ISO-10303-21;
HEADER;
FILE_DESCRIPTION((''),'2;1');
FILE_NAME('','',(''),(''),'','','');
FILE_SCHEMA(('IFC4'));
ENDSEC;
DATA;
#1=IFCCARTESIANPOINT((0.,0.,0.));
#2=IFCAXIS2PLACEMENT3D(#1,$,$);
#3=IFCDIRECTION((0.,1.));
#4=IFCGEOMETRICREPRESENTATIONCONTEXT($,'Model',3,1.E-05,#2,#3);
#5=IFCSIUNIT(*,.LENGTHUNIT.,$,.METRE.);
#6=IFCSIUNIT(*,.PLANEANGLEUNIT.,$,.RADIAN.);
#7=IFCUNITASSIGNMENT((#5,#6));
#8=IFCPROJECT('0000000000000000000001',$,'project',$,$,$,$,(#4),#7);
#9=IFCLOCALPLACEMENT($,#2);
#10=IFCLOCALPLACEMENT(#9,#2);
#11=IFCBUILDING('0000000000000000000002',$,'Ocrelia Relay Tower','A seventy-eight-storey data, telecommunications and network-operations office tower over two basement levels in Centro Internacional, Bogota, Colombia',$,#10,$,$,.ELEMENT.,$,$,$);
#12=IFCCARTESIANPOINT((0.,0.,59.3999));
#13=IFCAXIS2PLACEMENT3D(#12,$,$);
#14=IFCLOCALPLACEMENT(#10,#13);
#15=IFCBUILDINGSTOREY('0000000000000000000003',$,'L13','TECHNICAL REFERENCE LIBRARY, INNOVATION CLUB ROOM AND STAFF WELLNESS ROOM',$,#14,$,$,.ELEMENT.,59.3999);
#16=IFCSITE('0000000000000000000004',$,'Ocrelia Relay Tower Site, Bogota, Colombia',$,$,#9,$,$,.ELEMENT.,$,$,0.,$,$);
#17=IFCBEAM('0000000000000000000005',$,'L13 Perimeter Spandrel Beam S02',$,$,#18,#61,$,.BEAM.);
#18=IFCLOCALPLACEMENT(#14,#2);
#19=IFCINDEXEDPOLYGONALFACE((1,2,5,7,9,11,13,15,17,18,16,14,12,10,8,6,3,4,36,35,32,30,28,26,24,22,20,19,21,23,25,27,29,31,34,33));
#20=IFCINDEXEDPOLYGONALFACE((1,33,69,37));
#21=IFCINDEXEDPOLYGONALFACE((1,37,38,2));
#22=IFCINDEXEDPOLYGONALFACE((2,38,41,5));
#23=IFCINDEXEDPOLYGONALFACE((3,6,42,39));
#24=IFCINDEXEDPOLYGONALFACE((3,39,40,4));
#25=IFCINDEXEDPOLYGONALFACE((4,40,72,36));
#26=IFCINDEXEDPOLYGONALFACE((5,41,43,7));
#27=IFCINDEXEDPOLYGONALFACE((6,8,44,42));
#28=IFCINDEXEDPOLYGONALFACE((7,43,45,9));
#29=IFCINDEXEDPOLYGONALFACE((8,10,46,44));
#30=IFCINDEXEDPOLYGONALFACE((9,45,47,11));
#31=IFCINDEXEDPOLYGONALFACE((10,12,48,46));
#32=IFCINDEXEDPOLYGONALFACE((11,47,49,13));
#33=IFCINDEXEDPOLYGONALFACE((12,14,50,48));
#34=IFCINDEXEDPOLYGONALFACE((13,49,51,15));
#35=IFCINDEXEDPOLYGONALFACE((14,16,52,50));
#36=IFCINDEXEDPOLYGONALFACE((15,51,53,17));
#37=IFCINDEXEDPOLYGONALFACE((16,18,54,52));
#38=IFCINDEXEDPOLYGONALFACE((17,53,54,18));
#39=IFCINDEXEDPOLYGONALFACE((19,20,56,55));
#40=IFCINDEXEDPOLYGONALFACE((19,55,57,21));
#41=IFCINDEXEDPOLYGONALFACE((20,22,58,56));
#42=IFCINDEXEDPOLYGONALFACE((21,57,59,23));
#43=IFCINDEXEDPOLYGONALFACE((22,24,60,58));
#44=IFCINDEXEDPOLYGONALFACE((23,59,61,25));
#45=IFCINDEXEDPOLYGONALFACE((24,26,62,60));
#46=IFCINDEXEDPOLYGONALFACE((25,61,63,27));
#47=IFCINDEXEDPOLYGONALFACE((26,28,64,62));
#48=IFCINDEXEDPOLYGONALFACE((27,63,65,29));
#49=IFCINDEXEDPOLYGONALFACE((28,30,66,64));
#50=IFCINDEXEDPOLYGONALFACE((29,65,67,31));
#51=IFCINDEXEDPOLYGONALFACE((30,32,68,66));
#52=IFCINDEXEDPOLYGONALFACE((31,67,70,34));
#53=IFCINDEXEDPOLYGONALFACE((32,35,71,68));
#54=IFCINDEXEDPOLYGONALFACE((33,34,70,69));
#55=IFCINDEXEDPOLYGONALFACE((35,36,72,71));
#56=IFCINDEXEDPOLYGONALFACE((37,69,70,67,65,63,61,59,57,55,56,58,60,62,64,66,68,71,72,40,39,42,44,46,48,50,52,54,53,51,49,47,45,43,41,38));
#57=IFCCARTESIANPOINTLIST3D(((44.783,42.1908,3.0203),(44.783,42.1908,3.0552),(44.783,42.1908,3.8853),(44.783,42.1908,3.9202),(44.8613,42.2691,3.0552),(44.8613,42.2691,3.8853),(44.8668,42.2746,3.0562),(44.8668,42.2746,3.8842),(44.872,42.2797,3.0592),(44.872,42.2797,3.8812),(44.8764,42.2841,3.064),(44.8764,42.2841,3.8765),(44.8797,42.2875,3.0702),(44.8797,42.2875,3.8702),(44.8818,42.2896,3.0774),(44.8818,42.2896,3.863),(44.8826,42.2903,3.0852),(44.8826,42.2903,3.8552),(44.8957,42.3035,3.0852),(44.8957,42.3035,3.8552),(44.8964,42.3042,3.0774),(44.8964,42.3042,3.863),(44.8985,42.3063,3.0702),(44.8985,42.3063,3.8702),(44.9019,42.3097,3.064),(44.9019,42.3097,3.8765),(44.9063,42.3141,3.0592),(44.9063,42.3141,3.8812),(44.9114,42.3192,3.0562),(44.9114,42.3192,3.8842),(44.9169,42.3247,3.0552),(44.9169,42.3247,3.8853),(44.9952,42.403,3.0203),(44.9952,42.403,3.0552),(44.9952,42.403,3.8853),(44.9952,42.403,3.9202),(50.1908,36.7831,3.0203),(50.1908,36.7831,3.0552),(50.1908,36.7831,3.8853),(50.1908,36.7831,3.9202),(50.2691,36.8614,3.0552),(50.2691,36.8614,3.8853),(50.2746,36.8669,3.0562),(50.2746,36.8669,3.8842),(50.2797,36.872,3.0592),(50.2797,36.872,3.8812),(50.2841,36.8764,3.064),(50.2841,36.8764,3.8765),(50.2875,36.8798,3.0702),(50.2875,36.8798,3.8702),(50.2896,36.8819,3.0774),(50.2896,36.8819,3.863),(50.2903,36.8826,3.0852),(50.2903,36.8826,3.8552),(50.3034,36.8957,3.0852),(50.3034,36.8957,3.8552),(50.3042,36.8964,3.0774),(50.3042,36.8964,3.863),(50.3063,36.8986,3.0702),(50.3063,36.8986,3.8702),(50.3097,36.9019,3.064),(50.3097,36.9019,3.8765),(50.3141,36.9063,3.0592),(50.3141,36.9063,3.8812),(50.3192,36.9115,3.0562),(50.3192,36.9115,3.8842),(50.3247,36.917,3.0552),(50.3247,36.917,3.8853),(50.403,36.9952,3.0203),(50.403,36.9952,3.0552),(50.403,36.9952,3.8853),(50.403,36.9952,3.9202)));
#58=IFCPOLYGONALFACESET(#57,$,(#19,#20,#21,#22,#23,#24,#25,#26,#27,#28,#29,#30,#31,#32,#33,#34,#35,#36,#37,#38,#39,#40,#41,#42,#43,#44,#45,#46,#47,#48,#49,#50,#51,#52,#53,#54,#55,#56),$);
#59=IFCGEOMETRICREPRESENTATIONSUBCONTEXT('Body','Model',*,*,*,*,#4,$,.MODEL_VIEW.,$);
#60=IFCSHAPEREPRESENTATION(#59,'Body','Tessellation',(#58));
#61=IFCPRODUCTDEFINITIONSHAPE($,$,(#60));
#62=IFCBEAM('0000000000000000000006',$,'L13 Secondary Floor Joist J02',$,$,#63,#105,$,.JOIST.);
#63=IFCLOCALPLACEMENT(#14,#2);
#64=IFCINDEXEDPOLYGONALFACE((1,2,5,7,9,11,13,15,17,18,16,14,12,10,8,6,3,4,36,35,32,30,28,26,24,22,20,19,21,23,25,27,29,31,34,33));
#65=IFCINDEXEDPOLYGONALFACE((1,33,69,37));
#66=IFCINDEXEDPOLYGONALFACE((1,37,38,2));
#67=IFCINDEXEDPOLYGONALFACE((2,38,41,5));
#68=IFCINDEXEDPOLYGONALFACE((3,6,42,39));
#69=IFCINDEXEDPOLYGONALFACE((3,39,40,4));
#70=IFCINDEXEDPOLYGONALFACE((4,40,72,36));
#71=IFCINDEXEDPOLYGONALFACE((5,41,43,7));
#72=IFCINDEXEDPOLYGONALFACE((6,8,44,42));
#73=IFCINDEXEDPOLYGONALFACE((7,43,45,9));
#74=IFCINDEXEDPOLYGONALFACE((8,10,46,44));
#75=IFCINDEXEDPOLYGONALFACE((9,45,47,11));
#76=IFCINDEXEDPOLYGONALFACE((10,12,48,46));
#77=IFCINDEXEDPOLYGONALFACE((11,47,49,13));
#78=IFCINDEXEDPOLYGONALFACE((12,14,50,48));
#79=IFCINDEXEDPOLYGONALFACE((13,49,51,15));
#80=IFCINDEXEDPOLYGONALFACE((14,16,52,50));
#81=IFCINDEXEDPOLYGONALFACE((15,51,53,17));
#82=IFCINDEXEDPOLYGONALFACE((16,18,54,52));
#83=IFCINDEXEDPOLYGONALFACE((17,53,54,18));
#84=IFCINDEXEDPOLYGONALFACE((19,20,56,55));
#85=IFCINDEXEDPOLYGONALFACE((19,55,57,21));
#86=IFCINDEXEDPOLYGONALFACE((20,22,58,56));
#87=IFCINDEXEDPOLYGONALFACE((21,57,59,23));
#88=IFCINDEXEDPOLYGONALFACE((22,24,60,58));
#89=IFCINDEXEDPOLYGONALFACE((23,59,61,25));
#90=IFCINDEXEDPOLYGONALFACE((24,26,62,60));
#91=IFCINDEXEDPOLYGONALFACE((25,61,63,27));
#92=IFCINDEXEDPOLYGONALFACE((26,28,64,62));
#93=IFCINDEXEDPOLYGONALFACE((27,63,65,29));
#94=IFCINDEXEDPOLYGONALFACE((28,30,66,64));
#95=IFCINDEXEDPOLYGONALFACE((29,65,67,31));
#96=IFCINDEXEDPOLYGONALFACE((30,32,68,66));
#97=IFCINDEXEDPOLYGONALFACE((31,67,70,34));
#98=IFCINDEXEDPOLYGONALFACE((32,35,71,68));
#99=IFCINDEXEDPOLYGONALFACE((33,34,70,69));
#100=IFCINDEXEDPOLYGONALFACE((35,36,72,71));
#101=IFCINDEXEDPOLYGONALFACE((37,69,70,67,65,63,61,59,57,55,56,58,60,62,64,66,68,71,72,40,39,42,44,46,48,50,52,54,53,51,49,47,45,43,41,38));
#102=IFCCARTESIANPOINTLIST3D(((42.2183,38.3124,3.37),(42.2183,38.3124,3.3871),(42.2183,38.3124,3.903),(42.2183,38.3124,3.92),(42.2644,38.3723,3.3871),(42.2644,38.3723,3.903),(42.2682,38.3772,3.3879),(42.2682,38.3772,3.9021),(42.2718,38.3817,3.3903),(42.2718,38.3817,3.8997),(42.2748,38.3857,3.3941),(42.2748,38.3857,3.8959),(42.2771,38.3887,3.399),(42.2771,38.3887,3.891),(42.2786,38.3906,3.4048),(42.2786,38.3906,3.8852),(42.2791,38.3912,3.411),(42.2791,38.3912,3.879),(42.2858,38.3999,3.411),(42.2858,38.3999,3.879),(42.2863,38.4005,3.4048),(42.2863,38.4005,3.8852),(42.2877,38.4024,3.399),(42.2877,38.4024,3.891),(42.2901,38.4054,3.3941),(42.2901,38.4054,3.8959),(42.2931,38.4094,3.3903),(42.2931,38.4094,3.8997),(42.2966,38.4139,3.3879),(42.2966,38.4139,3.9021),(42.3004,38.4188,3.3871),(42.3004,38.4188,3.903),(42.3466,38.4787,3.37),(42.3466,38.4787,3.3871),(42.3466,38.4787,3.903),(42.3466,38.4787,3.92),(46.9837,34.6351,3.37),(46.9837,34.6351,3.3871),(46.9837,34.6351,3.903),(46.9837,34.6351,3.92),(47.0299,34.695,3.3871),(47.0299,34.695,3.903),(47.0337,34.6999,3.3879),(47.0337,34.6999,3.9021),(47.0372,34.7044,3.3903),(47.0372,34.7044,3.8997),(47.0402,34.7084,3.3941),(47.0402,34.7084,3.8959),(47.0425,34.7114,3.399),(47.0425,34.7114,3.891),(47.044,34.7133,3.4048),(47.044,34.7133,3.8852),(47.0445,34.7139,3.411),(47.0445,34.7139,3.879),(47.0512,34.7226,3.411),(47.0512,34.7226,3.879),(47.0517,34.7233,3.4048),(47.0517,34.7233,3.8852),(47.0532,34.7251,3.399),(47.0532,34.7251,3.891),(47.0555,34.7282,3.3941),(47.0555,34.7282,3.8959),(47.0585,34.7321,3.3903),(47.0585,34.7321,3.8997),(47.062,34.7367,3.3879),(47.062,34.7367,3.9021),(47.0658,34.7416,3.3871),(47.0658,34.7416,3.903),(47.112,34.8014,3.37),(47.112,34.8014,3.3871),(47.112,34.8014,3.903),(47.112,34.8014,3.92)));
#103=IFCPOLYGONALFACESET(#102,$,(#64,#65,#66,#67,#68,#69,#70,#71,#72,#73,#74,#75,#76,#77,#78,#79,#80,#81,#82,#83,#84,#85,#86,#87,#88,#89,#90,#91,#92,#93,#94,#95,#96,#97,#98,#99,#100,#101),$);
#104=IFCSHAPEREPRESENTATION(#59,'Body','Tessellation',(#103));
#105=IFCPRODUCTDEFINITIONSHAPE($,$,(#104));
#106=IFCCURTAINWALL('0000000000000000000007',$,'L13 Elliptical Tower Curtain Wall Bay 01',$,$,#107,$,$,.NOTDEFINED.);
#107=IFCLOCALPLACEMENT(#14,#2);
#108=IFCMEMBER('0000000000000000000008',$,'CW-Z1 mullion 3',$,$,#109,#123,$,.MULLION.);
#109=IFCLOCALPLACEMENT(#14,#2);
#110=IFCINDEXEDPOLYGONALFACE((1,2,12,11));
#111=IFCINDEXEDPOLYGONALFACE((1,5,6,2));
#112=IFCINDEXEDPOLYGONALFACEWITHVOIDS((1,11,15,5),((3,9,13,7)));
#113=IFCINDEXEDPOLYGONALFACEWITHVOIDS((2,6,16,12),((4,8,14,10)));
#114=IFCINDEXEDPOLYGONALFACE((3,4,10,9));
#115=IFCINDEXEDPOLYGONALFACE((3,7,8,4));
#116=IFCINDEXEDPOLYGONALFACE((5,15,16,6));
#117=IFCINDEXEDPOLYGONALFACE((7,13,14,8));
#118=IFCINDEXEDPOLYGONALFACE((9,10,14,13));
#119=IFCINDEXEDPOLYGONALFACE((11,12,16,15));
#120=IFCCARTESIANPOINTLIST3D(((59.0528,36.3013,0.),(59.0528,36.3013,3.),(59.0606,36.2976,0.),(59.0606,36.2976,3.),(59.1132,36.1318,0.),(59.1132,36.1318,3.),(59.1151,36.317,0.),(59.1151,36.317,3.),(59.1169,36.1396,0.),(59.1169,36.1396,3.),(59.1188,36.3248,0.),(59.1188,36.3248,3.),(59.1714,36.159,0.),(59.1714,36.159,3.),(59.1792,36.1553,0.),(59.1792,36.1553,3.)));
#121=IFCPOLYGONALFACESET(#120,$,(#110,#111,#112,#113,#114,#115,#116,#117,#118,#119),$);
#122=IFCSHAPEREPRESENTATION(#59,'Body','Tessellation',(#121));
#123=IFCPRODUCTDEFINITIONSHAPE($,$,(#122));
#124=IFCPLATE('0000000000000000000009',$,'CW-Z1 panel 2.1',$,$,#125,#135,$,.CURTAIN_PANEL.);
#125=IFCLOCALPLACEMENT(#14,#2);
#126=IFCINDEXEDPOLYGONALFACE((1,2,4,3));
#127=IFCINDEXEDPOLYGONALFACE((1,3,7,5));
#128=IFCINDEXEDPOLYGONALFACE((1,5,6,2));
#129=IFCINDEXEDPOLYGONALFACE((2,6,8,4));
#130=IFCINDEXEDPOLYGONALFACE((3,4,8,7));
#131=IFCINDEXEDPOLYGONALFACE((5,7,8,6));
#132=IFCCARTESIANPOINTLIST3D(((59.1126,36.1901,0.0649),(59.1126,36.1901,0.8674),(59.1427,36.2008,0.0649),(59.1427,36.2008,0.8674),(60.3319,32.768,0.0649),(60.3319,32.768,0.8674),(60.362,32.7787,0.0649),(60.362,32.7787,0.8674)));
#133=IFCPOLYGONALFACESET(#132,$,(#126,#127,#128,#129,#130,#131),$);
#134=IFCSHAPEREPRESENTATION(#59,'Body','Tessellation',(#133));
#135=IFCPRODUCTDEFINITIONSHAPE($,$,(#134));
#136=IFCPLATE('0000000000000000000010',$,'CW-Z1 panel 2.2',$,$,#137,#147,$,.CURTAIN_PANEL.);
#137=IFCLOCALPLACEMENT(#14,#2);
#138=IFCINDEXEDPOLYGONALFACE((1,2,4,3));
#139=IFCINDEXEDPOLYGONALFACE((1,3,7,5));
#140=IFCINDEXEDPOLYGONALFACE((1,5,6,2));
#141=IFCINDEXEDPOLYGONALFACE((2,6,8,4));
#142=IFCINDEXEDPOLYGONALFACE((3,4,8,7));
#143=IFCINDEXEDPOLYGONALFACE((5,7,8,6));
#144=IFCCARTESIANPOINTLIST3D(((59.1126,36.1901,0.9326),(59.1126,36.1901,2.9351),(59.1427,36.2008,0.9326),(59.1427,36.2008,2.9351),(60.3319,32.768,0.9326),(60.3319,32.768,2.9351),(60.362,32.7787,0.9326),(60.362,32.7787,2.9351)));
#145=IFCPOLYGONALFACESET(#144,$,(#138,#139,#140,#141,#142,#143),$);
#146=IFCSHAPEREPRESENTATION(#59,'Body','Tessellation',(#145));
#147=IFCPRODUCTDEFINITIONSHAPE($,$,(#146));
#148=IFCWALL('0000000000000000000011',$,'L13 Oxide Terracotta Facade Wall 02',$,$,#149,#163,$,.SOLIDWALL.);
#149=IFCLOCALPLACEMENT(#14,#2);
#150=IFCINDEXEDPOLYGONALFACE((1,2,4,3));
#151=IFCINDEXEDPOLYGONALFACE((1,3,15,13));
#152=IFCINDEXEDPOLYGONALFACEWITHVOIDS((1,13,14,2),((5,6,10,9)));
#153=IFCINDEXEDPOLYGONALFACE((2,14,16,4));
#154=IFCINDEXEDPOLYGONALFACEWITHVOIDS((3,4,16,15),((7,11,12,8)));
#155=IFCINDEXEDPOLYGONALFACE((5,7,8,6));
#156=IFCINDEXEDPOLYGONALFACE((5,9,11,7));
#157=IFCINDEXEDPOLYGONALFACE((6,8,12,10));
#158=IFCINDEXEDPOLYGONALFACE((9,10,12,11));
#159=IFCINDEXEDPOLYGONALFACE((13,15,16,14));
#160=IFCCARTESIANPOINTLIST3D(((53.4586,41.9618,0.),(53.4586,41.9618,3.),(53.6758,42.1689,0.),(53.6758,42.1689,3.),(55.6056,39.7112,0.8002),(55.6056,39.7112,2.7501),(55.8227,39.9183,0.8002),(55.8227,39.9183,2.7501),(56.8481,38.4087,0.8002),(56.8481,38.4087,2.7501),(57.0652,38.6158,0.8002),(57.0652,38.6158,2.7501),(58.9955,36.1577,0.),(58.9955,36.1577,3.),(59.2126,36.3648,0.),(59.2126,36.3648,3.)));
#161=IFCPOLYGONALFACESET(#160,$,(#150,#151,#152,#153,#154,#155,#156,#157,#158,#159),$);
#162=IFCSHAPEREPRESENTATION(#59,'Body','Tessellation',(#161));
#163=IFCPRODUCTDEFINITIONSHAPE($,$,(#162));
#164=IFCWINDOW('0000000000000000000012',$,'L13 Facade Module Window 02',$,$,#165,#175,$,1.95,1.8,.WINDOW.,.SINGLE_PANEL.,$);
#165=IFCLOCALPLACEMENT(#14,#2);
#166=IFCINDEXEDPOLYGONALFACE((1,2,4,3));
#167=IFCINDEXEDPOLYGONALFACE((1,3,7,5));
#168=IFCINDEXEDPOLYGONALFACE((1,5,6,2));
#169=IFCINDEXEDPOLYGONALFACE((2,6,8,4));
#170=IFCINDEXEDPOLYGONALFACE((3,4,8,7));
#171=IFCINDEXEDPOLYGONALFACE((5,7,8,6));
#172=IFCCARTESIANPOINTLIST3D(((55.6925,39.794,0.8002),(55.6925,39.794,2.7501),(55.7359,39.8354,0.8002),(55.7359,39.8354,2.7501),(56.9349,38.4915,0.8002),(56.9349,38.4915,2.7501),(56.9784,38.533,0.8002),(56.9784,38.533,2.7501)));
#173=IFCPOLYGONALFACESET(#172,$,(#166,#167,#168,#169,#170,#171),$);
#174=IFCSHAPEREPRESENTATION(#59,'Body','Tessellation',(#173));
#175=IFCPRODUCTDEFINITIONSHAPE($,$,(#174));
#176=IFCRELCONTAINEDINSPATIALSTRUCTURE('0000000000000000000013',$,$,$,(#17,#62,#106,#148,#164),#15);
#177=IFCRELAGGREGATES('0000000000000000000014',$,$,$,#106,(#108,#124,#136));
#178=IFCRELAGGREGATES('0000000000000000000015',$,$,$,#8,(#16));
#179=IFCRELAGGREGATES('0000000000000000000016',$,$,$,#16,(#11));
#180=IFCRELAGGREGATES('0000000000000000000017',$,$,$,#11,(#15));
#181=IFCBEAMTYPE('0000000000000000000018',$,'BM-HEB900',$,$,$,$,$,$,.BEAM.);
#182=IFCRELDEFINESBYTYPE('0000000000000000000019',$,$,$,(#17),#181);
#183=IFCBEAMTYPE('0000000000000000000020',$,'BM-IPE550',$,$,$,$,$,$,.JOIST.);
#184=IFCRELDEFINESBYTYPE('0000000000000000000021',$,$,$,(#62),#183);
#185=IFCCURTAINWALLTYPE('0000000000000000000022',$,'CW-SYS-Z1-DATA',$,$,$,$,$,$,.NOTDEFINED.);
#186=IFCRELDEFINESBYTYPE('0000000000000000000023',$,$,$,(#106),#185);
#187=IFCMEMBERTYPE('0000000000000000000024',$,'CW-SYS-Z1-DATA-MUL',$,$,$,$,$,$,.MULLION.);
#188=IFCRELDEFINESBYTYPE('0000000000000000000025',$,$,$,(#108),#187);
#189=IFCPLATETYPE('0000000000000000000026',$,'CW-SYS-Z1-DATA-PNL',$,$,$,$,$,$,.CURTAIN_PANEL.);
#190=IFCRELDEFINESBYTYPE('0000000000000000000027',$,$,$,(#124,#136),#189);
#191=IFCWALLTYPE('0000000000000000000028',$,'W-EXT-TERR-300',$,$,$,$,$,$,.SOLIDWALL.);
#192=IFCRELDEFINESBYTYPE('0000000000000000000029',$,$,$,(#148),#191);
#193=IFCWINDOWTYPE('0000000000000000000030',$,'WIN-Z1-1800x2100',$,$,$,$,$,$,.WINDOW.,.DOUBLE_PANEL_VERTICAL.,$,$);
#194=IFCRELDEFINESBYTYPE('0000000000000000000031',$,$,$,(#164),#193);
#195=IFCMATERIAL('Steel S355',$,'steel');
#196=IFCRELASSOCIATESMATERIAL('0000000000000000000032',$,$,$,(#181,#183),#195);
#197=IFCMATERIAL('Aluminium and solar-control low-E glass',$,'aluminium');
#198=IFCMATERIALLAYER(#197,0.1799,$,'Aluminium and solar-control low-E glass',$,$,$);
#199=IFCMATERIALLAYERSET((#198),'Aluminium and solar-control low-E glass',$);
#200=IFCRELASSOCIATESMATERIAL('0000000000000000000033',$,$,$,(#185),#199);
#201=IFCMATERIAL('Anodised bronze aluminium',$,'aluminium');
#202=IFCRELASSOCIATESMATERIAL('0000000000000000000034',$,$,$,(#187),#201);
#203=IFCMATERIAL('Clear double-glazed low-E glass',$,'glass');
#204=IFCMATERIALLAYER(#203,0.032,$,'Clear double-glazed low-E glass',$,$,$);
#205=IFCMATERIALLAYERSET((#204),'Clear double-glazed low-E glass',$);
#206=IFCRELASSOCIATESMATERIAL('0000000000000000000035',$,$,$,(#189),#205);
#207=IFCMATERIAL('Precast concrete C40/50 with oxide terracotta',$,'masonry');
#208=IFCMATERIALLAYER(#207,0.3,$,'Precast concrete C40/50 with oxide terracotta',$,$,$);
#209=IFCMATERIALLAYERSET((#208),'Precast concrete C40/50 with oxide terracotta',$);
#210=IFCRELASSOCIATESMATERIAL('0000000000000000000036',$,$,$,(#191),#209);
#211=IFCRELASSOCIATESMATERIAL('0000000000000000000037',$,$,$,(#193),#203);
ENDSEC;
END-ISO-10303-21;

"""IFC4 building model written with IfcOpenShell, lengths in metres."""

from ifc_helpers import new_model, si_unit, direction, frame, frame_2d, origin, origin_2d, place, context, subcontext, project, spatial, rectangle, hollow_rectangle, i_section, extrude, material, layer, layer_set, material_profile, profile_set, type_object, element, fill, aggregate, save


model = new_model("IFC4")

# Units and contexts
model_context = context("Model", 3, precision=1e-05, world=origin(), true_north=direction((0.0, 1.0)))
body_context = subcontext(model_context, "Body", "Model", "MODEL_VIEW")
ifc_project = project(units=[si_unit("LENGTHUNIT", "METRE"), si_unit("PLANEANGLEUNIT", "RADIAN")], contexts=[model_context])

# Site, building, storey
site_placement = place(None, origin())
site = spatial("IfcSite", under=ifc_project, at=site_placement, Name="Ocrelia Relay Tower Site, Bogota, Colombia", CompositionType="ELEMENT", RefElevation=0.0)
building_placement = place(site_placement, origin())
building = spatial("IfcBuilding", under=site, at=building_placement, Name="Ocrelia Relay Tower", Description="A seventy-eight-storey data, telecommunications and network-operations office tower over two basement levels in Centro Internacional, Bogota, Colombia", CompositionType="ELEMENT")
storey_placement = place(building_placement, frame((0.0, 0.0, 59.3999)))
storey = spatial("IfcBuildingStorey", under=building, at=storey_placement, Name="L13", Description="TECHNICAL REFERENCE LIBRARY, INNOVATION CLUB ROOM AND STAFF WELLNESS ROOM", CompositionType="ELEMENT", Elevation=59.3999)

# Beams
ifc_material_1 = material(Name="Steel S355", Category="steel")
ifc_material_profile_1 = material_profile(ifc_material_1, i_section(OverallWidth=0.3, OverallDepth=0.8999, WebThickness=0.0186, FlangeThickness=0.0349, FilletRadius=0.03, at=origin_2d()), Name="HEB 900")
ifc_profile_set_1 = profile_set([ifc_material_profile_1], Name="Steel S355")
beam_type_1 = type_object("IfcBeamType", Name="BM-HEB900", PredefinedType="BEAM", material=ifc_profile_set_1)
beam_1_placement = place(storey_placement, frame((50.2969, 36.8892, 3.4702), z_axis=(-0.707107, 0.707107, 0.0), x_axis=(-0.707107, -0.707107, 0.0)))
element("IfcBeam", 1, at=beam_1_placement, inside=storey, type_object=beam_type_1, Name="L13 Perimeter Spandrel Beam S02", PredefinedType="BEAM", context=body_context, shape_type="SweptSolid", body=[
    extrude(i_section(OverallWidth=0.3, OverallDepth=0.8999, WebThickness=0.0186, FlangeThickness=0.0349, FilletRadius=0.03, at=origin_2d()), origin(), (0.0, 0.0, 1.0), 7.6477),
])
ifc_material_profile_2 = material_profile(ifc_material_1, i_section(OverallWidth=0.21, OverallDepth=0.55, WebThickness=0.011, FlangeThickness=0.0171, FilletRadius=0.0239, at=origin_2d()), Name="IPE 550")
ifc_profile_set_2 = profile_set([ifc_material_profile_2], Name="Steel S355")
beam_type_2 = type_object("IfcBeamType", Name="BM-IPE550", PredefinedType="JOIST", material=ifc_profile_set_2)
beam_2_placement = place(storey_placement, frame((47.0479, 34.7183, 3.645), z_axis=(-0.791694, 0.610918, 0.0), x_axis=(-0.610918, -0.791694, 0.0)))
element("IfcBeam", 2, at=beam_2_placement, inside=storey, type_object=beam_type_2, Name="L13 Secondary Floor Joist J02", PredefinedType="JOIST", context=body_context, shape_type="SweptSolid", body=[
    extrude(i_section(OverallWidth=0.21, OverallDepth=0.55, WebThickness=0.011, FlangeThickness=0.0171, FilletRadius=0.0239, at=origin_2d()), origin(), (0.0, 0.0, 1.0), 6.0193),
])

# Curtain wall, member, plates
ifc_material_2 = material(Name="Aluminium and solar-control low-E glass", Category="aluminium")
ifc_layer_1 = layer(ifc_material_2, 0.1799, Name="Aluminium and solar-control low-E glass")
ifc_layer_set_1 = layer_set([ifc_layer_1], Name="Aluminium and solar-control low-E glass")
curtain_wall_type = type_object("IfcCurtainWallType", Name="CW-SYS-Z1-DATA", PredefinedType="NOTDEFINED", material=ifc_layer_set_1)
curtain_wall_placement = place(storey_placement, origin())
curtain_wall = element("IfcCurtainWall", 3, at=curtain_wall_placement, inside=storey, type_object=curtain_wall_type, Name="L13 Elliptical Tower Curtain Wall Bay 01", PredefinedType="NOTDEFINED")
ifc_material_3 = material(Name="Anodised bronze aluminium", Category="aluminium")
ifc_material_profile_3 = material_profile(ifc_material_3, hollow_rectangle(XDim=0.0701, YDim=0.1799, WallThickness=0.0061, at=origin_2d()), Name="CW-MUL-180x70")
ifc_profile_set_3 = profile_set([ifc_material_profile_3], Name="Anodised bronze aluminium")
member_type = type_object("IfcMemberType", Name="CW-SYS-Z1-DATA-MUL", PredefinedType="MULLION", material=ifc_profile_set_3)
member_placement = place(storey_placement, frame((59.116, 36.2283, 0.0), z_axis=(0.0, 0.0, 1.0), x_axis=(-0.941997, -0.335621, 0.0)))
member = element("IfcMember", 4, at=member_placement, type_object=member_type, Name="CW-Z1 mullion 3", PredefinedType="MULLION", context=body_context, shape_type="SweptSolid", body=[
    extrude(hollow_rectangle(XDim=0.0701, YDim=0.1799, WallThickness=0.0061, at=origin_2d()), origin(), (0.0, 0.0, 1.0), 3.0),
])
ifc_material_4 = material(Name="Clear double-glazed low-E glass", Category="glass")
ifc_layer_2 = layer(ifc_material_4, 0.032, Name="Clear double-glazed low-E glass")
ifc_layer_set_2 = layer_set([ifc_layer_2], Name="Clear double-glazed low-E glass")
plate_type = type_object("IfcPlateType", Name="CW-SYS-Z1-DATA-PNL", PredefinedType="CURTAIN_PANEL", material=ifc_layer_set_2)
plate_1_placement = place(storey_placement, frame((59.7373, 34.4844, 0.0649), z_axis=(0.0, 0.0, 1.0), x_axis=(-0.335621, 0.941997, 0.0)))
plate_1 = element("IfcPlate", 5, at=plate_1_placement, type_object=plate_type, Name="CW-Z1 panel 2.1", PredefinedType="CURTAIN_PANEL", context=body_context, shape_type="SweptSolid", body=[
    extrude(rectangle(XDim=3.6328, YDim=0.032, at=origin_2d()), origin(), (0.0, 0.0, 1.0), 0.8025),
])
plate_2_placement = place(storey_placement, frame((59.7373, 34.4844, 0.9326), z_axis=(0.0, 0.0, 1.0), x_axis=(-0.335621, 0.941997, 0.0)))
plate_2 = element("IfcPlate", 6, at=plate_2_placement, type_object=plate_type, Name="CW-Z1 panel 2.2", PredefinedType="CURTAIN_PANEL", context=body_context, shape_type="SweptSolid", body=[
    extrude(rectangle(XDim=3.6328, YDim=0.032, at=origin_2d()), origin(), (0.0, 0.0, 1.0), 2.0024),
])
aggregate(curtain_wall, [member, plate_1, plate_2])

# Wall, opening, window
ifc_material_5 = material(Name="Precast concrete C40/50 with oxide terracotta", Category="masonry")
ifc_layer_3 = layer(ifc_material_5, 0.3, Name="Precast concrete C40/50 with oxide terracotta")
ifc_layer_set_3 = layer_set([ifc_layer_3], Name="Precast concrete C40/50 with oxide terracotta")
wall_type_1 = type_object("IfcWallType", Name="W-EXT-TERR-300", PredefinedType="SOLIDWALL", material=ifc_layer_set_3)
wall_1_placement = place(storey_placement, frame((59.104, 36.2612, 0.0), z_axis=(0.0, 0.0, 1.0), x_axis=(-0.690247, 0.723574, 0.0)))
wall_1 = element("IfcWall", 7, at=wall_1_placement, inside=storey, type_object=wall_type_1, Name="L13 Oxide Terracotta Facade Wall 02", PredefinedType="SOLIDWALL", context=body_context, shape_type="SweptSolid", body=[
    extrude(rectangle(XDim=8.0215, YDim=0.3, at=frame_2d((4.0107, 0.0))), origin(), (0.0, 0.0, 1.0), 3.0),
])
opening_1_placement = place(wall_1_placement, frame((3.1111, 0.0, 0.8)))
opening_1 = element("IfcOpeningElement", 8, at=opening_1_placement, cuts=wall_1, PredefinedType="OPENING", context=body_context, shape_type="SweptSolid", body=[
    extrude(rectangle(XDim=1.8, YDim=1.95, at=frame_2d((0.8999, 0.9751))), frame((0.0, 0.1602, 0.0), z_axis=(0.0, -1.0, 0.0), x_axis=(1.0, 0.0, 0.0)), (0.0, 0.0, 1.0), 0.3201),
])
window_type = type_object("IfcWindowType", Name="WIN-Z1-1800x2100", PartitioningType="DOUBLE_PANEL_VERTICAL", PredefinedType="WINDOW", material=ifc_material_4)
window_1_placement = place(opening_1_placement, origin())
window_1 = element("IfcWindow", 9, at=window_1_placement, inside=storey, type_object=window_type, Name="L13 Facade Module Window 02", OverallHeight=1.95, OverallWidth=1.8, PartitioningType="SINGLE_PANEL", PredefinedType="WINDOW", context=body_context, shape_type="SweptSolid", body=[
    extrude(rectangle(XDim=1.8, YDim=1.95, at=frame_2d((0.8999, 0.9751))), frame((0.0, 0.03, 0.0), z_axis=(0.0, -1.0, 0.0), x_axis=(1.0, 0.0, 0.0)), (0.0, 0.0, 1.0), 0.0601),
])
fill(opening_1, window_1)

save(model, "model.ifc")
